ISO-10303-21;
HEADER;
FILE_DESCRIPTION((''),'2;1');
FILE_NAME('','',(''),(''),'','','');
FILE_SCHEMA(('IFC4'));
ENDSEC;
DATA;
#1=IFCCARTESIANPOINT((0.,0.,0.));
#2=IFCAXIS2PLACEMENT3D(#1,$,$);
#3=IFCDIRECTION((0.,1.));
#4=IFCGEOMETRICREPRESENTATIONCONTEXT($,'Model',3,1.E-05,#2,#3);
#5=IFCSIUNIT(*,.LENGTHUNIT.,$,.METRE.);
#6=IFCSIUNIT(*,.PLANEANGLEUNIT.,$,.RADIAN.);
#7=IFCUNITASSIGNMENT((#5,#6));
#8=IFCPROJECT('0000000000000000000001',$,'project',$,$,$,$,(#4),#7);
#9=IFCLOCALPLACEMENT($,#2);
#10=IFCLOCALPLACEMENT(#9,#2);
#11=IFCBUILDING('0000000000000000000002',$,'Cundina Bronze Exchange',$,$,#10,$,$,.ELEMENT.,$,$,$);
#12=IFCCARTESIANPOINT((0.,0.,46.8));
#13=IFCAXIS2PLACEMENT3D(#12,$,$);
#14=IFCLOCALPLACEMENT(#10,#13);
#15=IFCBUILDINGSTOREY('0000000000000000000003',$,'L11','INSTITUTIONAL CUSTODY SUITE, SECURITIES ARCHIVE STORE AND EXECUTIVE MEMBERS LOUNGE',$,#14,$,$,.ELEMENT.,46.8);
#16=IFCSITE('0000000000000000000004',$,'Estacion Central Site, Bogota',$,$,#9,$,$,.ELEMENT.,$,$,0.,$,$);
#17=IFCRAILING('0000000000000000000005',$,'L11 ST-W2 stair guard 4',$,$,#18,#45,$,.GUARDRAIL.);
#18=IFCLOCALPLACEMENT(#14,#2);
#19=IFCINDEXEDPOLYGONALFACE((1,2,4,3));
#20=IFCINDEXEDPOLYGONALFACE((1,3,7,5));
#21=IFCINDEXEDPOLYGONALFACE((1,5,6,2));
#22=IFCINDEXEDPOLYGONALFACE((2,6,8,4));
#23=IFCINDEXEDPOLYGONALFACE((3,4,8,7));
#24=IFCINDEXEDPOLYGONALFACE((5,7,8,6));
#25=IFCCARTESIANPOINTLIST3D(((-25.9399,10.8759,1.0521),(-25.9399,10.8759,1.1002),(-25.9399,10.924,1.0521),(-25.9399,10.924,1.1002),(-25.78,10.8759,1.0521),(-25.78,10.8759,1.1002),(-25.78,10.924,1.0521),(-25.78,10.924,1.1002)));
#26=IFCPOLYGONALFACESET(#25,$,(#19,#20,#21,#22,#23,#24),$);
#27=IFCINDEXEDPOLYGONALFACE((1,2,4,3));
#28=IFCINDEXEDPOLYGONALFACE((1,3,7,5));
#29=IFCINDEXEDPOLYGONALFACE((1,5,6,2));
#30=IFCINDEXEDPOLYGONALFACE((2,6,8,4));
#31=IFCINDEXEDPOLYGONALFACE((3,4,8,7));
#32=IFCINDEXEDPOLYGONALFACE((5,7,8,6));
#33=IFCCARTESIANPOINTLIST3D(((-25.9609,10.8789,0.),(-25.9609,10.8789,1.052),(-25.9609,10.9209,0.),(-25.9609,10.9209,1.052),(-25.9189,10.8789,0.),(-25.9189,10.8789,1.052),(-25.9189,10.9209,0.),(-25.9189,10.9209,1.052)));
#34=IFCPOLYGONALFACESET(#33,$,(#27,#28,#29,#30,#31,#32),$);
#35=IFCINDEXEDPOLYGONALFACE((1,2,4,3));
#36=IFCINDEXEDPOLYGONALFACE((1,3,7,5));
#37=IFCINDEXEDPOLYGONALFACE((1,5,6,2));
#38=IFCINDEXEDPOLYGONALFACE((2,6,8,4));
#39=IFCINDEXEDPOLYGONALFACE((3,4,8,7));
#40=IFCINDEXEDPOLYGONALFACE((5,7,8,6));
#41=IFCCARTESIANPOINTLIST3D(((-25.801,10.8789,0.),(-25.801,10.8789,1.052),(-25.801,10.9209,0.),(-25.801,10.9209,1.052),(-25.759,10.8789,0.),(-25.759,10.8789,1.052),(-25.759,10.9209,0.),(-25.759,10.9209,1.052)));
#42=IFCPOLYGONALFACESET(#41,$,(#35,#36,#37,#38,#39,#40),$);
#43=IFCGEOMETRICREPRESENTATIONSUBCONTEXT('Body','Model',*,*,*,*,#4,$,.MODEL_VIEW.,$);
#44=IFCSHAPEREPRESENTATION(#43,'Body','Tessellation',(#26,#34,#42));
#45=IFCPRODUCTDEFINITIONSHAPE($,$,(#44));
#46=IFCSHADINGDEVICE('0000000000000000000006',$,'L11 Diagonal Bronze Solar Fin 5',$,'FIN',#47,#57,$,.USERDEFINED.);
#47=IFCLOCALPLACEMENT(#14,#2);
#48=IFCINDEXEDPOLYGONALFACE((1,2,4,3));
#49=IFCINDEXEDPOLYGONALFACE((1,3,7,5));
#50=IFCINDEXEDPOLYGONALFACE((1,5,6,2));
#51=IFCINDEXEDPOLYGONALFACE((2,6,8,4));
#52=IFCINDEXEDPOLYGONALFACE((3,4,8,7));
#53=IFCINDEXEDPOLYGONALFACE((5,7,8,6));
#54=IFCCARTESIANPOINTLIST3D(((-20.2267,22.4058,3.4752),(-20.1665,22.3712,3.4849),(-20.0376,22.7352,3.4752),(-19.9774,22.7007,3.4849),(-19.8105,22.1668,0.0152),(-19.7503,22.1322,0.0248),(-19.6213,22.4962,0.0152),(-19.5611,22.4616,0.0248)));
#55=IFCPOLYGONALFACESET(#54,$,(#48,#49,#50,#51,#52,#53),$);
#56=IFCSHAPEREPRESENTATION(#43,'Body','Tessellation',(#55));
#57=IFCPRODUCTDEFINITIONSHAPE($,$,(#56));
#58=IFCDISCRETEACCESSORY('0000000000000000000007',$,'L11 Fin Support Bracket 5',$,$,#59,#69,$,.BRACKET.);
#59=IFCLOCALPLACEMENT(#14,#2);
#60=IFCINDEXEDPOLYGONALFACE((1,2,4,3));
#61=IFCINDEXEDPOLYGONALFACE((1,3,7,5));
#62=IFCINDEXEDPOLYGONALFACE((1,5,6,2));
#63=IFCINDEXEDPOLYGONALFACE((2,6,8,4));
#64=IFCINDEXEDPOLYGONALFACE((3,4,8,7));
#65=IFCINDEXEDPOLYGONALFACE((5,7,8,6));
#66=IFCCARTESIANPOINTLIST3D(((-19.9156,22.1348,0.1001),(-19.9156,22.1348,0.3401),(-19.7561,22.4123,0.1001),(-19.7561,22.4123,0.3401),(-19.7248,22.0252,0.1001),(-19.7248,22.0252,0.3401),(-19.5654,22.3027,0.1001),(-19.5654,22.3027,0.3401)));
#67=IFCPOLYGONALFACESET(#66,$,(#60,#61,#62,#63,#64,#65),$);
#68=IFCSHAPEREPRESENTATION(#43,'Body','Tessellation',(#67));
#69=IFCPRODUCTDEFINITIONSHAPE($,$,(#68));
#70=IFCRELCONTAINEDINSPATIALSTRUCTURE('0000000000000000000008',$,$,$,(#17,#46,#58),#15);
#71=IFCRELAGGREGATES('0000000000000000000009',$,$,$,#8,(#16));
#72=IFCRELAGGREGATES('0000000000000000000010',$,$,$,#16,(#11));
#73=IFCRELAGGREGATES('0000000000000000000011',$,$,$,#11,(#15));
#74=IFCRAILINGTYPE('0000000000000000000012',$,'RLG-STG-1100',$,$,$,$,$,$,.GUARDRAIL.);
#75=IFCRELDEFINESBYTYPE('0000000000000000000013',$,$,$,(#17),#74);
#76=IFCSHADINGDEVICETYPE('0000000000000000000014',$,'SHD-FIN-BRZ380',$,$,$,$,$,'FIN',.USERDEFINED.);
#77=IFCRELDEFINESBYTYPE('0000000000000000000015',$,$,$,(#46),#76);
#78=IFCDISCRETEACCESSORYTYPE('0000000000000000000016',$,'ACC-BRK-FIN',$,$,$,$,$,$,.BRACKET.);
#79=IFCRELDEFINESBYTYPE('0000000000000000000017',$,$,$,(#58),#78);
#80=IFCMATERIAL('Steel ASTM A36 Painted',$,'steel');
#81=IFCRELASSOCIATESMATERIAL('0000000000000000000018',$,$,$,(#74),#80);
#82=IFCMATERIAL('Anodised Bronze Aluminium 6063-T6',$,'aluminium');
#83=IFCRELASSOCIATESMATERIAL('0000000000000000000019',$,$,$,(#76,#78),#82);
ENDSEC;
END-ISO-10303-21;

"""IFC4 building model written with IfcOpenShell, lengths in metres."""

from ifc_helpers import new_model, si_unit, direction, frame, origin, origin_2d, place, context, subcontext, project, spatial, rectangle, extrude, material, material_profile, profile_set, type_object, element, save


model = new_model("IFC4")

# Units and contexts
model_context = context("Model", 3, precision=1e-05, world=origin(), true_north=direction((0.0, 1.0)))
body_context = subcontext(model_context, "Body", "Model", "MODEL_VIEW")
ifc_project = project(units=[si_unit("LENGTHUNIT", "METRE"), si_unit("PLANEANGLEUNIT", "RADIAN")], contexts=[model_context])

# Site, building, storey
site_placement = place(None, origin())
site = spatial("IfcSite", under=ifc_project, at=site_placement, Name="Estacion Central Site, Bogota", CompositionType="ELEMENT", RefElevation=0.0)
building_placement = place(site_placement, origin())
building = spatial("IfcBuilding", under=site, at=building_placement, Name="Cundina Bronze Exchange", CompositionType="ELEMENT")
storey_placement = place(building_placement, frame((0.0, 0.0, 46.8)))
storey = spatial("IfcBuildingStorey", under=building, at=storey_placement, Name="L11", Description="INSTITUTIONAL CUSTODY SUITE, SECURITIES ARCHIVE STORE AND EXECUTIVE MEMBERS LOUNGE", CompositionType="ELEMENT", Elevation=46.8)

# Shared definitions
ifc_material_1 = material(Name="Anodised Bronze Aluminium 6063-T6", Category="aluminium")

# Shared definitions
ifc_material_2 = material(Name="Steel ASTM A36 Painted", Category="steel")

# Railing
railing_type = type_object("IfcRailingType", Name="RLG-STG-1100", PredefinedType="GUARDRAIL", material=ifc_material_2)
railing_1_placement = place(storey_placement, frame((-25.9399, 10.8999, 0.0)))
element("IfcRailing", 1, at=railing_1_placement, inside=storey, type_object=railing_type, Name="L11 ST-W2 stair guard 4", PredefinedType="GUARDRAIL", context=body_context, shape_type="SweptSolid", body=[
    extrude(rectangle(XDim=0.0481, YDim=0.0481, at=origin_2d()), frame((0.0, 0.0, 1.0762), z_axis=(1.0, 0.0, 0.0), x_axis=(0.0, 1.0, 0.0)), (0.0, 0.0, 1.0), 0.1599),
    extrude(rectangle(XDim=0.042, YDim=0.042, at=origin_2d()), origin(), (0.0, 0.0, 1.0), 1.052),
    extrude(rectangle(XDim=0.042, YDim=0.042, at=origin_2d()), frame((0.1599, 0.0, 0.0)), (0.0, 0.0, 1.0), 1.052),
])

# Shading device
ifc_material_profile_1 = material_profile(ifc_material_1, rectangle(XDim=0.0701, YDim=0.3799, at=origin_2d()), Name="FIN70X380", Category="aluminium")
ifc_profile_set_1 = profile_set([ifc_material_profile_1], Name="Anodised Bronze Aluminium 6063-T6")
shading_device_type = type_object("IfcShadingDeviceType", Name="SHD-FIN-BRZ380", ElementType="FIN", PredefinedType="USERDEFINED", material=ifc_profile_set_1)
shading_device_placement = place(storey_placement, frame((-19.6858, 22.3142, 0.02), z_axis=(-0.119166, 0.068425, 0.990514), x_axis=(0.858982, -0.493222, 0.137414)))
element("IfcShadingDevice", 2, at=shading_device_placement, inside=storey, type_object=shading_device_type, Name="L11 Diagonal Bronze Solar Fin 5", ObjectType="FIN", PredefinedType="USERDEFINED", context=body_context, shape_type="SweptSolid", body=[
    extrude(rectangle(XDim=0.0701, YDim=0.3799, at=origin_2d()), origin(), (0.0, 0.0, 1.0), 3.4932),
])

# Discrete accessory
discrete_accessory_type = type_object("IfcDiscreteAccessoryType", Name="ACC-BRK-FIN", PredefinedType="BRACKET", material=ifc_material_1)
discrete_accessory_placement = place(storey_placement, frame((-19.7405, 22.2188, 0.1001), z_axis=(0.0, 0.0, 1.0), x_axis=(-0.867105, 0.498125, 0.0)))
element("IfcDiscreteAccessory", 3, at=discrete_accessory_placement, inside=storey, type_object=discrete_accessory_type, Name="L11 Fin Support Bracket 5", PredefinedType="BRACKET", context=body_context, shape_type="SweptSolid", body=[
    extrude(rectangle(XDim=0.22, YDim=0.3201, at=origin_2d()), origin(), (0.0, 0.0, 1.0), 0.24),
])

save(model, "model.ifc")
